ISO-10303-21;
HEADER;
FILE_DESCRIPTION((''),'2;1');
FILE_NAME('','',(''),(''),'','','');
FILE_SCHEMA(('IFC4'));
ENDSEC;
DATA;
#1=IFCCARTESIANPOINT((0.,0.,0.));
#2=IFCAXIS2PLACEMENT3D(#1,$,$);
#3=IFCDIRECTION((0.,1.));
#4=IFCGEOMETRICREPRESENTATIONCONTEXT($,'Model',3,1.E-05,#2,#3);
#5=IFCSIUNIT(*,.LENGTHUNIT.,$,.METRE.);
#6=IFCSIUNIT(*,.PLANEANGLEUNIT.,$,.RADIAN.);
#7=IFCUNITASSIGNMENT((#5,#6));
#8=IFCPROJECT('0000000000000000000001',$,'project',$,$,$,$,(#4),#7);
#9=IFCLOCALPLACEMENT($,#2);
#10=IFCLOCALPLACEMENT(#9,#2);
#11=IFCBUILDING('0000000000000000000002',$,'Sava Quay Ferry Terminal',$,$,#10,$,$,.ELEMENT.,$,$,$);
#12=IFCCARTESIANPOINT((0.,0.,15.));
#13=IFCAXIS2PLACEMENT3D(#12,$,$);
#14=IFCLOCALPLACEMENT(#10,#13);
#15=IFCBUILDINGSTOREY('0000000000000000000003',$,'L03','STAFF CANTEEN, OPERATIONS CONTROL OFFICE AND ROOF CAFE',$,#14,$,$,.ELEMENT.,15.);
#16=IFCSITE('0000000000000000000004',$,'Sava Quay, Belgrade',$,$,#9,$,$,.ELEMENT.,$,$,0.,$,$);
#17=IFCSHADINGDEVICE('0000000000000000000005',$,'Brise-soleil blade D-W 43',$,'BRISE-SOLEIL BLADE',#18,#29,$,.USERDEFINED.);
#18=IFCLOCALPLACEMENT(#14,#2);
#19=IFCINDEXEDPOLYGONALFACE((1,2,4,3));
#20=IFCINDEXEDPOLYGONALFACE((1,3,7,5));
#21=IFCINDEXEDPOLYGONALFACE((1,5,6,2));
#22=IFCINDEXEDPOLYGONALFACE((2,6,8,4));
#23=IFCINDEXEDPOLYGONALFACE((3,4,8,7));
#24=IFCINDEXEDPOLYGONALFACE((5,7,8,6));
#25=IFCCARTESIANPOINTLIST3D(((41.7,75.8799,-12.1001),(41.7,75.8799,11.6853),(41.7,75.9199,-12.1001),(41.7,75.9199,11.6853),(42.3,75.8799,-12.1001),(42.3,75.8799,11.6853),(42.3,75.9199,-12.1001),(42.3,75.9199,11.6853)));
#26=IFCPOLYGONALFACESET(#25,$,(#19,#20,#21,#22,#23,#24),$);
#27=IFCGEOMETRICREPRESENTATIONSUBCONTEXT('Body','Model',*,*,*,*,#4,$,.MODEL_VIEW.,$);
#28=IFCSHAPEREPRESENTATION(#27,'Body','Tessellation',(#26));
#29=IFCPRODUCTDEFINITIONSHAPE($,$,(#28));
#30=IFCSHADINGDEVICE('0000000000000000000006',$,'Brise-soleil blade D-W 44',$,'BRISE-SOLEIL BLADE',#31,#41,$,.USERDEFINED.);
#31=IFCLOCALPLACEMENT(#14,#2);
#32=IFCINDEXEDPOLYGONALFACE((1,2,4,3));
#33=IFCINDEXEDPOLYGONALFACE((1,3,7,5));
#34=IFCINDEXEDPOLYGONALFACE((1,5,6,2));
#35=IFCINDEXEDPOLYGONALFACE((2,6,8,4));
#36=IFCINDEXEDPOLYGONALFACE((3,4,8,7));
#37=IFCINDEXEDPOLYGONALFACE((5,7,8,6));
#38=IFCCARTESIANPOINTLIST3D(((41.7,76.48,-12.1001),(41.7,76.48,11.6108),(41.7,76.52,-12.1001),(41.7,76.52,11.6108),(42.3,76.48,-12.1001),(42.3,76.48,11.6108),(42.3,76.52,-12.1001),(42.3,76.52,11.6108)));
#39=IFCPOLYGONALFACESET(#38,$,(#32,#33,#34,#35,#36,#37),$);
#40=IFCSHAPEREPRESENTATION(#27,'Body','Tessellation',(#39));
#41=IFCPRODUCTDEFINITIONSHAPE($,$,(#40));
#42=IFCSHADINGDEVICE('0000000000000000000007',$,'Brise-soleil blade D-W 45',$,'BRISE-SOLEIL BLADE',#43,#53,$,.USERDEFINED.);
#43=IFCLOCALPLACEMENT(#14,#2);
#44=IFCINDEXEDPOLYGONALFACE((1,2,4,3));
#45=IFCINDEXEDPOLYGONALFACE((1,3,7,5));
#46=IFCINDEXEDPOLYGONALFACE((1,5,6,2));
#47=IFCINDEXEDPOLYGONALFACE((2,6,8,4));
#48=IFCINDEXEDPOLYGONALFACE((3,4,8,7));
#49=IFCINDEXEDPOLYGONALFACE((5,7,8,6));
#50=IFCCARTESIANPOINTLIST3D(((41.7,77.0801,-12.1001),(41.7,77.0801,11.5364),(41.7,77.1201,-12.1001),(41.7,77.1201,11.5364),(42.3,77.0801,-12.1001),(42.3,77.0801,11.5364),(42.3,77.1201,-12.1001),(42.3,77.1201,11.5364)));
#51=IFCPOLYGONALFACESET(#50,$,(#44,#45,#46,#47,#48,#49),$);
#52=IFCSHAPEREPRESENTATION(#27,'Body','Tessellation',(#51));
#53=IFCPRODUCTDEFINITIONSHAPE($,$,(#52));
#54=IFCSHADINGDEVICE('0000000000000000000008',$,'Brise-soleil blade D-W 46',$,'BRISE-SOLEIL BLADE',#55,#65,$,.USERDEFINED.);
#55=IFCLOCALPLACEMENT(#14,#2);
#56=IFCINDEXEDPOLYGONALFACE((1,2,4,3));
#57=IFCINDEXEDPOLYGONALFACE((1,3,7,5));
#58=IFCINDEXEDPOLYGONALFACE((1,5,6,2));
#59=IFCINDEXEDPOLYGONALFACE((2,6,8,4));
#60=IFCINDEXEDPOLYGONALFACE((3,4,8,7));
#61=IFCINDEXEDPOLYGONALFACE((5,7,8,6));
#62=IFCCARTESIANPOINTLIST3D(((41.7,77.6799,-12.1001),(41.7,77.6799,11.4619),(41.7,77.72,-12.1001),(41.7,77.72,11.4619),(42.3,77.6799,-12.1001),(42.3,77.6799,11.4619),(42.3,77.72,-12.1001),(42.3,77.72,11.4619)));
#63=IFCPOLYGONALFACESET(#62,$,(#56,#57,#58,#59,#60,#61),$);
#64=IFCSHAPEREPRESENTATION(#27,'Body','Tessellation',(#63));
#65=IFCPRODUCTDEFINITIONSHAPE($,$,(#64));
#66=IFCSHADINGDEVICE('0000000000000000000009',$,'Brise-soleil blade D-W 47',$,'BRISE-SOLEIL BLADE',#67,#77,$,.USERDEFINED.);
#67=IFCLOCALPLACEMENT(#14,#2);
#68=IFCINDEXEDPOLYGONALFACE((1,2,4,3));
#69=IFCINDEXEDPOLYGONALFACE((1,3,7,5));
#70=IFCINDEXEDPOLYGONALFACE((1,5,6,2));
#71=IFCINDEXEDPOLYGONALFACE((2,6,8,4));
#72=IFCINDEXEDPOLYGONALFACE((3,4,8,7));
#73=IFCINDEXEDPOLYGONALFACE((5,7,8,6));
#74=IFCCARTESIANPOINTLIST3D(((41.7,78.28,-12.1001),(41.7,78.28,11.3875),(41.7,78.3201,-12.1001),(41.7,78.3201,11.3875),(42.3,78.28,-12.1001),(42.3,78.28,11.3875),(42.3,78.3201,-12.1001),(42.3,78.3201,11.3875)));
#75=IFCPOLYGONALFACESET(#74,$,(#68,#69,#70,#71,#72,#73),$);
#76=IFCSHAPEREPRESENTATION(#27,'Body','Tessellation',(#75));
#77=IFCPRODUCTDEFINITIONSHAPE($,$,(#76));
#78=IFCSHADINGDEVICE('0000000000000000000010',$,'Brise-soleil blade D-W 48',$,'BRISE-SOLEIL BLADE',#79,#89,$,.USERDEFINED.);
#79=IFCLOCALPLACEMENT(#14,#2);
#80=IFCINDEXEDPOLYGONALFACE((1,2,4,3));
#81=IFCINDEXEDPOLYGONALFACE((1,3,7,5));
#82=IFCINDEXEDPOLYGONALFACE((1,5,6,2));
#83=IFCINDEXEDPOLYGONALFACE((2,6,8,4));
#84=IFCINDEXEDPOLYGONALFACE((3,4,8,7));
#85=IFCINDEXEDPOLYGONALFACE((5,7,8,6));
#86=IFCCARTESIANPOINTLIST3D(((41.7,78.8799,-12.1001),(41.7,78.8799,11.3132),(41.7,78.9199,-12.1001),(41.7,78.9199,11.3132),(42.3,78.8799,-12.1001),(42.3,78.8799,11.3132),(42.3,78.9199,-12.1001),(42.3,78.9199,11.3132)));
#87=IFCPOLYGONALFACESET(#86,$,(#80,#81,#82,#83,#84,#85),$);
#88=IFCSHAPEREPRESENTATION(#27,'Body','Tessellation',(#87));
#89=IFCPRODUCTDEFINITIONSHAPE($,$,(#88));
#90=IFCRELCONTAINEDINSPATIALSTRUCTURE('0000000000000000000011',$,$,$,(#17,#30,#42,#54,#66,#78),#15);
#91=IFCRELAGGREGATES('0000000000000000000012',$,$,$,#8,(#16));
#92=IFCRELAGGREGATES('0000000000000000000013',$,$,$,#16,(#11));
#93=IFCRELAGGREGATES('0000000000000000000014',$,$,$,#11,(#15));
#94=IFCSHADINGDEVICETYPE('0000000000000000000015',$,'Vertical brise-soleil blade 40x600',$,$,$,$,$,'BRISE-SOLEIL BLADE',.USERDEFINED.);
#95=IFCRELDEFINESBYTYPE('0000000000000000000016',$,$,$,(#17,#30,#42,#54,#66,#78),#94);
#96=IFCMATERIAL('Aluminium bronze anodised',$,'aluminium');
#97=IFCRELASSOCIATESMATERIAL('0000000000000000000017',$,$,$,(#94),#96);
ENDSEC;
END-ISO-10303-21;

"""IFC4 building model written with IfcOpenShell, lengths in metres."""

from ifc_helpers import new_model, si_unit, direction, frame, origin, origin_2d, place, context, subcontext, project, spatial, rectangle, extrude, material, material_profile, profile_set, type_object, element, save


model = new_model("IFC4")

# Units and contexts
model_context = context("Model", 3, precision=1e-05, world=origin(), true_north=direction((0.0, 1.0)))
body_context = subcontext(model_context, "Body", "Model", "MODEL_VIEW")
ifc_project = project(units=[si_unit("LENGTHUNIT", "METRE"), si_unit("PLANEANGLEUNIT", "RADIAN")], contexts=[model_context])

# Site, building, storey
site_placement = place(None, origin())
site = spatial("IfcSite", under=ifc_project, at=site_placement, Name="Sava Quay, Belgrade", CompositionType="ELEMENT", RefElevation=0.0)
building_placement = place(site_placement, origin())
building = spatial("IfcBuilding", under=site, at=building_placement, Name="Sava Quay Ferry Terminal", CompositionType="ELEMENT")
storey_placement = place(building_placement, frame((0.0, 0.0, 15.0)))
storey = spatial("IfcBuildingStorey", under=building, at=storey_placement, Name="L03", Description="STAFF CANTEEN, OPERATIONS CONTROL OFFICE AND ROOF CAFE", CompositionType="ELEMENT", Elevation=15.0)

# Shading devices
ifc_material_1 = material(Name="Aluminium bronze anodised", Category="aluminium")
ifc_material_profile_1 = material_profile(ifc_material_1, rectangle(XDim=0.04, YDim=0.6001, at=origin_2d()), Name="Vertical brise-soleil blade 40x600")
ifc_profile_set_1 = profile_set([ifc_material_profile_1], Name="Aluminium bronze anodised")
shading_device_type = type_object("IfcShadingDeviceType", Name="Vertical brise-soleil blade 40x600", ElementType="BRISE-SOLEIL BLADE", PredefinedType="USERDEFINED", material=ifc_profile_set_1)
shading_device_1_placement = place(storey_placement, frame((42.0, 75.8999, -12.1001), z_axis=(0.0, 0.0, 1.0), x_axis=(0.0, 1.0, 0.0)))
element("IfcShadingDevice", 1, at=shading_device_1_placement, inside=storey, type_object=shading_device_type, Name="Brise-soleil blade D-W 43", ObjectType="BRISE-SOLEIL BLADE", PredefinedType="USERDEFINED", context=body_context, shape_type="SweptSolid", body=[
    extrude(rectangle(XDim=0.04, YDim=0.6001, at=origin_2d()), origin(), (0.0, 0.0, 1.0), 23.7854),
])
shading_device_2_placement = place(storey_placement, frame((42.0, 76.5, -12.1001), z_axis=(0.0, 0.0, 1.0), x_axis=(0.0, 1.0, 0.0)))
element("IfcShadingDevice", 2, at=shading_device_2_placement, inside=storey, type_object=shading_device_type, Name="Brise-soleil blade D-W 44", ObjectType="BRISE-SOLEIL BLADE", PredefinedType="USERDEFINED", context=body_context, shape_type="SweptSolid", body=[
    extrude(rectangle(XDim=0.04, YDim=0.6001, at=origin_2d()), origin(), (0.0, 0.0, 1.0), 23.7109),
])
shading_device_3_placement = place(storey_placement, frame((42.0, 77.1001, -12.1001), z_axis=(0.0, 0.0, 1.0), x_axis=(0.0, 1.0, 0.0)))
element("IfcShadingDevice", 3, at=shading_device_3_placement, inside=storey, type_object=shading_device_type, Name="Brise-soleil blade D-W 45", ObjectType="BRISE-SOLEIL BLADE", PredefinedType="USERDEFINED", context=body_context, shape_type="SweptSolid", body=[
    extrude(rectangle(XDim=0.04, YDim=0.6001, at=origin_2d()), origin(), (0.0, 0.0, 1.0), 23.6365),
])
shading_device_4_placement = place(storey_placement, frame((42.0, 77.7, -12.1001), z_axis=(0.0, 0.0, 1.0), x_axis=(0.0, 1.0, 0.0)))
element("IfcShadingDevice", 4, at=shading_device_4_placement, inside=storey, type_object=shading_device_type, Name="Brise-soleil blade D-W 46", ObjectType="BRISE-SOLEIL BLADE", PredefinedType="USERDEFINED", context=body_context, shape_type="SweptSolid", body=[
    extrude(rectangle(XDim=0.04, YDim=0.6001, at=origin_2d()), origin(), (0.0, 0.0, 1.0), 23.562),
])
shading_device_5_placement = place(storey_placement, frame((42.0, 78.3, -12.1001), z_axis=(0.0, 0.0, 1.0), x_axis=(0.0, 1.0, 0.0)))
element("IfcShadingDevice", 5, at=shading_device_5_placement, inside=storey, type_object=shading_device_type, Name="Brise-soleil blade D-W 47", ObjectType="BRISE-SOLEIL BLADE", PredefinedType="USERDEFINED", context=body_context, shape_type="SweptSolid", body=[
    extrude(rectangle(XDim=0.04, YDim=0.6001, at=origin_2d()), origin(), (0.0, 0.0, 1.0), 23.4875),
])
shading_device_6_placement = place(storey_placement, frame((42.0, 78.8999, -12.1001), z_axis=(0.0, 0.0, 1.0), x_axis=(0.0, 1.0, 0.0)))
element("IfcShadingDevice", 6, at=shading_device_6_placement, inside=storey, type_object=shading_device_type, Name="Brise-soleil blade D-W 48", ObjectType="BRISE-SOLEIL BLADE", PredefinedType="USERDEFINED", context=body_context, shape_type="SweptSolid", body=[
    extrude(rectangle(XDim=0.04, YDim=0.6001, at=origin_2d()), origin(), (0.0, 0.0, 1.0), 23.4133),
])

save(model, "model.ifc")
